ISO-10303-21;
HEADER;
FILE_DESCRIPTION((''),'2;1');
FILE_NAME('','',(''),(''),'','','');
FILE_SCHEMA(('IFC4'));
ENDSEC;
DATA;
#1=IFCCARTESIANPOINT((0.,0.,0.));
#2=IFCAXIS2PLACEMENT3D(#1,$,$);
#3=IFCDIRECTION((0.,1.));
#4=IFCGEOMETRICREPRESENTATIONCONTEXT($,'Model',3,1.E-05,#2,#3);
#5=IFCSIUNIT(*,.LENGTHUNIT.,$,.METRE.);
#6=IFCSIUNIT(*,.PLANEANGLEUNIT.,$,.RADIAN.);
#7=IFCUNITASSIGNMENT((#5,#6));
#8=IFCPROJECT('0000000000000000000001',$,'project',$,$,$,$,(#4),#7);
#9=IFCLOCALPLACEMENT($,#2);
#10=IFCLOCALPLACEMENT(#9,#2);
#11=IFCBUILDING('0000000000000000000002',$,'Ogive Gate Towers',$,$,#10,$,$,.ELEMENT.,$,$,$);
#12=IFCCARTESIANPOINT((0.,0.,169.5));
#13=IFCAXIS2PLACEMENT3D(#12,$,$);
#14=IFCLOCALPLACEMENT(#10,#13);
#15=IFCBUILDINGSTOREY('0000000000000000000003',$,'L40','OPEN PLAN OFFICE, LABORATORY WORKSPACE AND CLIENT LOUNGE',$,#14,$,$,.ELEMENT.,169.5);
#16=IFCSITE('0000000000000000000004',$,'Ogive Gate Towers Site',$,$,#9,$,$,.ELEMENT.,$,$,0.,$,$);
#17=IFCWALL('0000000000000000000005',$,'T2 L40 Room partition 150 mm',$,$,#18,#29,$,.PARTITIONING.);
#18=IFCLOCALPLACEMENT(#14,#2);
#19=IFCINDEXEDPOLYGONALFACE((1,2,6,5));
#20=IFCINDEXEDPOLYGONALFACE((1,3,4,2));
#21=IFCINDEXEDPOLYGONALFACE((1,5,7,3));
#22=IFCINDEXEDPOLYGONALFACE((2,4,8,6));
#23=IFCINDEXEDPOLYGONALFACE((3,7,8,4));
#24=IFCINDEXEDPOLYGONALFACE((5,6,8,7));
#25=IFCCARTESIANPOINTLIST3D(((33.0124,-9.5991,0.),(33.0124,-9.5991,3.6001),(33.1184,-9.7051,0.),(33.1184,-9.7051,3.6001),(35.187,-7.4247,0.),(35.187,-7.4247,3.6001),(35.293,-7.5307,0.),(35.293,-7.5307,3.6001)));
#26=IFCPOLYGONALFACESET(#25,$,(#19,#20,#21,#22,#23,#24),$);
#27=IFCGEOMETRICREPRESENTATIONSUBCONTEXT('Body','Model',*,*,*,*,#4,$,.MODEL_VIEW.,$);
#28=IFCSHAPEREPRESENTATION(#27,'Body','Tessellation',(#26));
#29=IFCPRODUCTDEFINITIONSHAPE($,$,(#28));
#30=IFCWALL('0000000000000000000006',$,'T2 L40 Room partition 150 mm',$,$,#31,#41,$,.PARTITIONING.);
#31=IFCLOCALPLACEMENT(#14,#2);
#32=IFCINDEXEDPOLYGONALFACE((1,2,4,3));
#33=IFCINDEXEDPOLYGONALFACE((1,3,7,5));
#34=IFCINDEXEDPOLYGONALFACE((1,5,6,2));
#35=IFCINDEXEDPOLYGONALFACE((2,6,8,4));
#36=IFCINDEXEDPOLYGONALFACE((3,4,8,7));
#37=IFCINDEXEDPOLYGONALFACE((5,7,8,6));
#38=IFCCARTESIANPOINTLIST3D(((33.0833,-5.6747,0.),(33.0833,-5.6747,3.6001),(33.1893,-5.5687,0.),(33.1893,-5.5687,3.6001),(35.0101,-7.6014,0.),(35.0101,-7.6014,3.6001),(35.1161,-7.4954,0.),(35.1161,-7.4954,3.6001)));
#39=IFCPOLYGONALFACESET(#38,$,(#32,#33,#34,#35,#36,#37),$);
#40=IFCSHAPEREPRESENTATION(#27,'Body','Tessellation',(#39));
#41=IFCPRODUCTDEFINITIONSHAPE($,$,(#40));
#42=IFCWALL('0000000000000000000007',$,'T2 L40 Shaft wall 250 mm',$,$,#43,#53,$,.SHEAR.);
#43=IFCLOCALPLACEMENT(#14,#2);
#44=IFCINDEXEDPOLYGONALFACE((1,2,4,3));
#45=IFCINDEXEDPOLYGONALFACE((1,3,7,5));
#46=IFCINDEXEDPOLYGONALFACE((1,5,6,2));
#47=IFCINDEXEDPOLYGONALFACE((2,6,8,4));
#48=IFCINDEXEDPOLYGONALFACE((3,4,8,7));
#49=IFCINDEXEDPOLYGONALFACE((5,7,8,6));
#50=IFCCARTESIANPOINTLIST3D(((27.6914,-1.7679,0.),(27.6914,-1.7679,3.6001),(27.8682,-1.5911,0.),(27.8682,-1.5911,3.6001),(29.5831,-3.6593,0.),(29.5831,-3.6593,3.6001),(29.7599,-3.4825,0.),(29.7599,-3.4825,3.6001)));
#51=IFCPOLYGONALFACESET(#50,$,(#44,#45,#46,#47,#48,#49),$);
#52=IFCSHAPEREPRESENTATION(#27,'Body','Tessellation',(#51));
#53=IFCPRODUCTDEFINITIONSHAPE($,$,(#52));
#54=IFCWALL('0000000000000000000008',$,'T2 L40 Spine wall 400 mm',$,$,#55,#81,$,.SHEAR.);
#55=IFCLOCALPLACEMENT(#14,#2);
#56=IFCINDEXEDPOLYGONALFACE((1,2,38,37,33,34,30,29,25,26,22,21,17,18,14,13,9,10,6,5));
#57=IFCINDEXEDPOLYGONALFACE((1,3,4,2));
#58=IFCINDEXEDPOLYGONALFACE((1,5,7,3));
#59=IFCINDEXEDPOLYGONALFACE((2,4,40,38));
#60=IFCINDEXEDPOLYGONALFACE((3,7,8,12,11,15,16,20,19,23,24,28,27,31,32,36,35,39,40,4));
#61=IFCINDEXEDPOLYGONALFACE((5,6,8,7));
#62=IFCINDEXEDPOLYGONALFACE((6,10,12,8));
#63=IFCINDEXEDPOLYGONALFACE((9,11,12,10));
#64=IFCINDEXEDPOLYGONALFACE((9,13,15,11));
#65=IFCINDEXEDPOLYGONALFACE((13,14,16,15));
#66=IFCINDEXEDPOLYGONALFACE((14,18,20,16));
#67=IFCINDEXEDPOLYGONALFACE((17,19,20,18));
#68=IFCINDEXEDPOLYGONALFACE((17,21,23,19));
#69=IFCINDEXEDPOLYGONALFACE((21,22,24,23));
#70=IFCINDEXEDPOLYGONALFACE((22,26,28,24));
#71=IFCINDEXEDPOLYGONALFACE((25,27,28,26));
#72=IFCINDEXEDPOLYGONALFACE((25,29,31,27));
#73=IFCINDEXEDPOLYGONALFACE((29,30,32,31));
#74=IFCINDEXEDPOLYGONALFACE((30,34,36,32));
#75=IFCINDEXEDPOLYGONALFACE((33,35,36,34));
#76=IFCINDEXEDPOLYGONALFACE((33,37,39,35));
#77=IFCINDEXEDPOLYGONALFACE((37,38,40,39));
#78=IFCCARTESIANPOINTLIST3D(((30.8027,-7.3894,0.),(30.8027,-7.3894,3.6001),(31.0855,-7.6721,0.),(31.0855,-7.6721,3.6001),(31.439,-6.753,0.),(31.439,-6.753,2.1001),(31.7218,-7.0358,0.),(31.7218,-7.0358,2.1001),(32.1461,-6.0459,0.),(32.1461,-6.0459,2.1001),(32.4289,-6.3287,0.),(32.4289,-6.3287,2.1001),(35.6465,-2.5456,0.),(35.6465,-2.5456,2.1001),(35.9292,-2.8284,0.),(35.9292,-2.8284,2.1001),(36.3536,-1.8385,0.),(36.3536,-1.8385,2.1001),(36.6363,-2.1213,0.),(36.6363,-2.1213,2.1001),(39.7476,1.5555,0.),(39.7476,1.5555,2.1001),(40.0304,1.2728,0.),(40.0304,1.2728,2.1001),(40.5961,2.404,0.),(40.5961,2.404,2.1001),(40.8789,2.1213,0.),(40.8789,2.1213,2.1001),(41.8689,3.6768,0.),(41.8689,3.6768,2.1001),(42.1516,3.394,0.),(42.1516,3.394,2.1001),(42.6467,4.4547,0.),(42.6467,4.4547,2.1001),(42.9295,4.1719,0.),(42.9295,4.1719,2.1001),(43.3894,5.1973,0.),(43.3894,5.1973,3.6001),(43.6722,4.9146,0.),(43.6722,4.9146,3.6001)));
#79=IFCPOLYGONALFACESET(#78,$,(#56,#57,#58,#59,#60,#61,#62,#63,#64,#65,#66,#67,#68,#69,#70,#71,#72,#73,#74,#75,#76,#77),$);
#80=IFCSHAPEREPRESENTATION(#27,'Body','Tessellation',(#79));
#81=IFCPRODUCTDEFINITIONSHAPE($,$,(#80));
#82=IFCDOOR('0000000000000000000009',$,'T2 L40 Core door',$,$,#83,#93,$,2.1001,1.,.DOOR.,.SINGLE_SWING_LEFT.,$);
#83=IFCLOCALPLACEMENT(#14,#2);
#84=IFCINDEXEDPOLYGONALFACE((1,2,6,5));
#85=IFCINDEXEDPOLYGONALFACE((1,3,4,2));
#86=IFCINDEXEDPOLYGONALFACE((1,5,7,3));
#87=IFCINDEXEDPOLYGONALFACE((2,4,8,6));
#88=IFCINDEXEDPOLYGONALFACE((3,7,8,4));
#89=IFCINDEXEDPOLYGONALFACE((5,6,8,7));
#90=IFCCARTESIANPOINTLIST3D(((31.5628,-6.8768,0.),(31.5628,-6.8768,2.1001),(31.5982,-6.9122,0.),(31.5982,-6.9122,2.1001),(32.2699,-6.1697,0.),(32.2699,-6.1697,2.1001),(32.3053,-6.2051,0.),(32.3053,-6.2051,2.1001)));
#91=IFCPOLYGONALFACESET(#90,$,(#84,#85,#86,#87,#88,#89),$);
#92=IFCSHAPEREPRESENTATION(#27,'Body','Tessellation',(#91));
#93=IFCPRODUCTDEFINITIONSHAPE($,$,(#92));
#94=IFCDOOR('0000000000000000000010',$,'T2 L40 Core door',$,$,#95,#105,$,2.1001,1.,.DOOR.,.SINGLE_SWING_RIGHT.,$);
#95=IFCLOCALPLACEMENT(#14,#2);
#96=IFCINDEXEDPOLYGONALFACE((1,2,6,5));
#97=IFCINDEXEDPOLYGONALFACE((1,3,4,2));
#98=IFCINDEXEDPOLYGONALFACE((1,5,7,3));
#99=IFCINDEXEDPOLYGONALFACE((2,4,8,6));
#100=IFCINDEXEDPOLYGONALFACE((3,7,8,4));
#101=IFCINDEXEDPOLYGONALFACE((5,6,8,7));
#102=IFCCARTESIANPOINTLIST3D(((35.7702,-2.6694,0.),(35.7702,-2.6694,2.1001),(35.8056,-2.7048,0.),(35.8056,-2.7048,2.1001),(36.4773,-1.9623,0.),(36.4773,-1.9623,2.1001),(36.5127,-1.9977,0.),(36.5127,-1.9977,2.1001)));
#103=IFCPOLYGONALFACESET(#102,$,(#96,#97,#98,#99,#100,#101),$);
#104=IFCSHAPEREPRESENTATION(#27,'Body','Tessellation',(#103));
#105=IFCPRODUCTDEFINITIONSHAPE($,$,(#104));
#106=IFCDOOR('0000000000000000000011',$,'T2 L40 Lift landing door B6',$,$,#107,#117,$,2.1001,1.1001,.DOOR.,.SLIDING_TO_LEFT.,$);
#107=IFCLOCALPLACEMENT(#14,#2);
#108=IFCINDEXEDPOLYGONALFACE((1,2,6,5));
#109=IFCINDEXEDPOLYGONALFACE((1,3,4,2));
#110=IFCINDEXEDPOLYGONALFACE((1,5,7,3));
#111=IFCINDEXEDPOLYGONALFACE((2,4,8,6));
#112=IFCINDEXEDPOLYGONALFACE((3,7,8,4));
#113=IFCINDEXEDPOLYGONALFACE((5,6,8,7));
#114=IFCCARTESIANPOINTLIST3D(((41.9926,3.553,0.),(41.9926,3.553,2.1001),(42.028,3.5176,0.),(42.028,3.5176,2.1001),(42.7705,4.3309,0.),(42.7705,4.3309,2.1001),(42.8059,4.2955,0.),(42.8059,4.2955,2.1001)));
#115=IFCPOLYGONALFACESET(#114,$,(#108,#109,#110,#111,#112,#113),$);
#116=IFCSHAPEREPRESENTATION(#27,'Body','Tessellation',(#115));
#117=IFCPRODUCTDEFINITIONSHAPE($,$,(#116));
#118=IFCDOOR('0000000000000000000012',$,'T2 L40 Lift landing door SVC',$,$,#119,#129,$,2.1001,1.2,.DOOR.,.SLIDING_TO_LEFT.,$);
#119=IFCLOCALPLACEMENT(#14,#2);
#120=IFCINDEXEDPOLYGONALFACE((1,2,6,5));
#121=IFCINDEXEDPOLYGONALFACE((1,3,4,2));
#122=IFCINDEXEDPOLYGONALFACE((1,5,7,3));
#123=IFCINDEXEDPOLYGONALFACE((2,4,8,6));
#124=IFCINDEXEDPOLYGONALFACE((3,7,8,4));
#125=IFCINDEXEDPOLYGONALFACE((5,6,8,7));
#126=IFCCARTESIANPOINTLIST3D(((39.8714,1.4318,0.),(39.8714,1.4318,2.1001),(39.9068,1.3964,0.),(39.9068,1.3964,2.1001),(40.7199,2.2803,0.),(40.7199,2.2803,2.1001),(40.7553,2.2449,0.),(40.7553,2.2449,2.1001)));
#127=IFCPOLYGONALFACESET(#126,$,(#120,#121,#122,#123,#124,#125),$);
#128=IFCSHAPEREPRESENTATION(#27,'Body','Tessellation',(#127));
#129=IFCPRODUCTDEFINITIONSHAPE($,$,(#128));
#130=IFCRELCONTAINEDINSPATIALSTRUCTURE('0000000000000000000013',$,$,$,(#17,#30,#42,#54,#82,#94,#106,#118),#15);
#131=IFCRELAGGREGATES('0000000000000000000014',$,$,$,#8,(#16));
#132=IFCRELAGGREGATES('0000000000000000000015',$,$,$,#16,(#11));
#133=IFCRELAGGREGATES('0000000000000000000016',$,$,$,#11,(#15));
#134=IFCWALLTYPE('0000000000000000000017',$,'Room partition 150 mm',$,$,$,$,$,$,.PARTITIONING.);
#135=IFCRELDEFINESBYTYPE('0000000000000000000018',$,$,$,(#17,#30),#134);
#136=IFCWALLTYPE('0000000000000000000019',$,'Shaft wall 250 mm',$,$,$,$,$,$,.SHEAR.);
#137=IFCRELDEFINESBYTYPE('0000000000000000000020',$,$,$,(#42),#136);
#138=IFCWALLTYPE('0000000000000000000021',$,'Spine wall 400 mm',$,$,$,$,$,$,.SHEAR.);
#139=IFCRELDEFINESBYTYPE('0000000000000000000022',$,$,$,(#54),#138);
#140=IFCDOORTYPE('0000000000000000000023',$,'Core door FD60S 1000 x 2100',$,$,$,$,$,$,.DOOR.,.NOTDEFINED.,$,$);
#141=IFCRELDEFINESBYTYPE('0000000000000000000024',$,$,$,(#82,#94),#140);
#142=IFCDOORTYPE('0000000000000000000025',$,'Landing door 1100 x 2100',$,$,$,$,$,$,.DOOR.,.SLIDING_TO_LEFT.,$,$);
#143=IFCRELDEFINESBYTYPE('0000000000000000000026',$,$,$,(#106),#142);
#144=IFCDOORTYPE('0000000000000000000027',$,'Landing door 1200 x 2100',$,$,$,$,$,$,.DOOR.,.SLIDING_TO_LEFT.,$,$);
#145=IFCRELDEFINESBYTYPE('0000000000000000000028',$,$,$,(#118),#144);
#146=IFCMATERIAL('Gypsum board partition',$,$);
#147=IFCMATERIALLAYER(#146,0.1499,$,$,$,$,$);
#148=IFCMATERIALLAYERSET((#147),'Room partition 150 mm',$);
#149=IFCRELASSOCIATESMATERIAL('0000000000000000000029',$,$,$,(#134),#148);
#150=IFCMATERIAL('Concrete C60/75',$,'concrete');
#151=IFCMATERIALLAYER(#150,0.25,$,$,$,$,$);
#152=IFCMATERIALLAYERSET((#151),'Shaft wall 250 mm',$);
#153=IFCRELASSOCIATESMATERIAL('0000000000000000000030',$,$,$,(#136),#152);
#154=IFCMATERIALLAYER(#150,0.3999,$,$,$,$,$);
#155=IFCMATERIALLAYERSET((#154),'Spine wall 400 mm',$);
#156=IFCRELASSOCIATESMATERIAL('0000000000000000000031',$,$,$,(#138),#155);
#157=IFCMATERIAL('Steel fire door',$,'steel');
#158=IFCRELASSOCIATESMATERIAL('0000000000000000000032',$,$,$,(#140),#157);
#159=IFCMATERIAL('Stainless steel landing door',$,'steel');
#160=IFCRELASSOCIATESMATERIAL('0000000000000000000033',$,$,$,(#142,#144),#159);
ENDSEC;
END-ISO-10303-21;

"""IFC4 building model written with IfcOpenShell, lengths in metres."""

from ifc_helpers import new_model, si_unit, direction, frame, frame_2d, origin, place, context, subcontext, project, spatial, rectangle, extrude, material, layer, layer_set, type_object, element, fill, save


model = new_model("IFC4")

# Units and contexts
model_context = context("Model", 3, precision=1e-05, world=origin(), true_north=direction((0.0, 1.0)))
body_context = subcontext(model_context, "Body", "Model", "MODEL_VIEW")
ifc_project = project(units=[si_unit("LENGTHUNIT", "METRE"), si_unit("PLANEANGLEUNIT", "RADIAN")], contexts=[model_context])

# Site, building, storey
site_placement = place(None, origin())
site = spatial("IfcSite", under=ifc_project, at=site_placement, Name="Ogive Gate Towers Site", CompositionType="ELEMENT", RefElevation=0.0)
building_placement = place(site_placement, origin())
building = spatial("IfcBuilding", under=site, at=building_placement, Name="Ogive Gate Towers", CompositionType="ELEMENT")
storey_placement = place(building_placement, frame((0.0, 0.0, 169.5)))
storey = spatial("IfcBuildingStorey", under=building, at=storey_placement, Name="L40", Description="OPEN PLAN OFFICE, LABORATORY WORKSPACE AND CLIENT LOUNGE", CompositionType="ELEMENT", Elevation=169.5)

# Shared definitions
ifc_material_1 = material(Name="Gypsum board partition")

# Walls
ifc_layer_1 = layer(ifc_material_1, 0.1499)
ifc_layer_set_1 = layer_set([ifc_layer_1], Name="Room partition 150 mm")
wall_type_1 = type_object("IfcWallType", Name="Room partition 150 mm", PredefinedType="PARTITIONING", material=ifc_layer_set_1)
wall_1_placement = place(storey_placement, frame((33.0654, -9.6521, 0.0), z_axis=(0.0, 0.0, 1.0), x_axis=(0.707146, 0.707067, 0.0)))
element("IfcWall", 1, at=wall_1_placement, inside=storey, type_object=wall_type_1, Name="T2 L40 Room partition 150 mm", PredefinedType="PARTITIONING", context=body_context, shape_type="SweptSolid", body=[
    extrude(rectangle(XDim=3.0752, YDim=0.1499, at=frame_2d((1.5376, 0.0))), origin(), (0.0, 0.0, 1.0), 3.6001),
])
wall_2_placement = place(storey_placement, frame((35.063, -7.5483, 0.0), z_axis=(0.0, 0.0, 1.0), x_axis=(-0.707107, 0.707107, 0.0)))
element("IfcWall", 2, at=wall_2_placement, inside=storey, type_object=wall_type_1, Name="T2 L40 Room partition 150 mm", PredefinedType="PARTITIONING", context=body_context, shape_type="SweptSolid", body=[
    extrude(rectangle(XDim=2.7249, YDim=0.1499, at=frame_2d((1.3623, 0.0))), origin(), (0.0, 0.0, 1.0), 3.6001),
])
ifc_material_2 = material(Name="Concrete C60/75", Category="concrete")
ifc_layer_2 = layer(ifc_material_2, 0.25)
ifc_layer_set_2 = layer_set([ifc_layer_2], Name="Shaft wall 250 mm")
wall_type_2 = type_object("IfcWallType", Name="Shaft wall 250 mm", PredefinedType="SHEAR", material=ifc_layer_set_2)
wall_3_placement = place(storey_placement, frame((29.6714, -3.5708, 0.0), z_axis=(0.0, 0.0, 1.0), x_axis=(-0.707152, 0.707061, 0.0)))
element("IfcWall", 3, at=wall_3_placement, inside=storey, type_object=wall_type_2, Name="T2 L40 Shaft wall 250 mm", PredefinedType="SHEAR", context=body_context, shape_type="SweptSolid", body=[
    extrude(rectangle(XDim=2.675, YDim=0.25, at=frame_2d((1.3374, 0.0))), origin(), (0.0, 0.0, 1.0), 3.6001),
])

# Wall, openings, doors
ifc_layer_3 = layer(ifc_material_2, 0.3999)
ifc_layer_set_3 = layer_set([ifc_layer_3], Name="Spine wall 400 mm")
wall_type_3 = type_object("IfcWallType", Name="Spine wall 400 mm", PredefinedType="SHEAR", material=ifc_layer_set_3)
wall_4_placement = place(storey_placement, frame((30.9441, -7.5308, 0.0), z_axis=(0.0, 0.0, 1.0), x_axis=(0.707107, 0.707107, 0.0)))
wall_4 = element("IfcWall", 4, at=wall_4_placement, inside=storey, type_object=wall_type_3, Name="T2 L40 Spine wall 400 mm", PredefinedType="SHEAR", context=body_context, shape_type="SweptSolid", body=[
    extrude(rectangle(XDim=17.8003, YDim=0.3999, at=frame_2d((8.9001, 0.0))), origin(), (0.0, 0.0, 1.0), 3.6001),
])
opening_1_placement = place(wall_4_placement, frame((12.6499, 0.0, 0.0)))
opening_1 = element("IfcOpeningElement", 5, at=opening_1_placement, cuts=wall_4, PredefinedType="OPENING", context=body_context, shape_type="SweptSolid", body=[
    extrude(rectangle(XDim=1.2, YDim=2.1001, at=frame_2d((0.6001, 1.05))), frame((0.0, 0.21, 0.0), z_axis=(0.0, -1.0, 0.0), x_axis=(1.0, 0.0, 0.0)), (0.0, 0.0, 1.0), 0.4199),
])
opening_2_placement = place(wall_4_placement, frame((15.6499, 0.0, 0.0)))
opening_2 = element("IfcOpeningElement", 6, at=opening_2_placement, cuts=wall_4, PredefinedType="OPENING", context=body_context, shape_type="SweptSolid", body=[
    extrude(rectangle(XDim=1.1001, YDim=2.1001, at=frame_2d((0.55, 1.05))), frame((0.0, 0.21, 0.0), z_axis=(0.0, -1.0, 0.0), x_axis=(1.0, 0.0, 0.0)), (0.0, 0.0, 1.0), 0.4199),
])
opening_3_placement = place(wall_4_placement, frame((0.8999, 0.0, 0.0)))
opening_3 = element("IfcOpeningElement", 7, at=opening_3_placement, cuts=wall_4, PredefinedType="OPENING", context=body_context, shape_type="SweptSolid", body=[
    extrude(rectangle(XDim=1.0, YDim=2.1001, at=frame_2d((0.5, 1.05))), frame((0.0, 0.21, 0.0), z_axis=(0.0, -1.0, 0.0), x_axis=(1.0, 0.0, 0.0)), (0.0, 0.0, 1.0), 0.4199),
])
opening_4_placement = place(wall_4_placement, frame((6.8501, 0.0, 0.0)))
opening_4 = element("IfcOpeningElement", 8, at=opening_4_placement, cuts=wall_4, PredefinedType="OPENING", context=body_context, shape_type="SweptSolid", body=[
    extrude(rectangle(XDim=1.0, YDim=2.1001, at=frame_2d((0.5, 1.05))), frame((0.0, 0.21, 0.0), z_axis=(0.0, -1.0, 0.0), x_axis=(1.0, 0.0, 0.0)), (0.0, 0.0, 1.0), 0.4199),
])
ifc_material_3 = material(Name="Steel fire door", Category="steel")
door_type_1 = type_object("IfcDoorType", Name="Core door FD60S 1000 x 2100", OperationType="NOTDEFINED", PredefinedType="DOOR", material=ifc_material_3)
door_1_placement = place(opening_3_placement, origin())
door_1 = element("IfcDoor", 9, at=door_1_placement, inside=storey, type_object=door_type_1, Name="T2 L40 Core door", OperationType="SINGLE_SWING_LEFT", OverallHeight=2.1001, OverallWidth=1.0, PredefinedType="DOOR", context=body_context, shape_type="SweptSolid", body=[
    extrude(rectangle(XDim=1.0, YDim=2.1001, at=frame_2d((0.5, 1.05))), frame((0.0, 0.0249, 0.0), z_axis=(0.0, -1.0, 0.0), x_axis=(1.0, 0.0, 0.0)), (0.0, 0.0, 1.0), 0.05),
])
fill(opening_3, door_1)
door_2_placement = place(opening_4_placement, origin())
door_2 = element("IfcDoor", 10, at=door_2_placement, inside=storey, type_object=door_type_1, Name="T2 L40 Core door", OperationType="SINGLE_SWING_RIGHT", OverallHeight=2.1001, OverallWidth=1.0, PredefinedType="DOOR", context=body_context, shape_type="SweptSolid", body=[
    extrude(rectangle(XDim=1.0, YDim=2.1001, at=frame_2d((0.5, 1.05))), frame((0.0, 0.0249, 0.0), z_axis=(0.0, -1.0, 0.0), x_axis=(1.0, 0.0, 0.0)), (0.0, 0.0, 1.0), 0.05),
])
fill(opening_4, door_2)
ifc_material_4 = material(Name="Stainless steel landing door", Category="steel")
door_type_2 = type_object("IfcDoorType", Name="Landing door 1100 x 2100", OperationType="SLIDING_TO_LEFT", PredefinedType="DOOR", material=ifc_material_4)
door_3_placement = place(opening_2_placement, origin())
door_3 = element("IfcDoor", 11, at=door_3_placement, inside=storey, type_object=door_type_2, Name="T2 L40 Lift landing door B6", OperationType="SLIDING_TO_LEFT", OverallHeight=2.1001, OverallWidth=1.1001, PredefinedType="DOOR", context=body_context, shape_type="SweptSolid", body=[
    extrude(rectangle(XDim=1.1001, YDim=2.1001, at=frame_2d((0.55, 1.05))), frame((0.0, 0.0249, 0.0), z_axis=(0.0, -1.0, 0.0), x_axis=(1.0, 0.0, 0.0)), (0.0, 0.0, 1.0), 0.05),
])
fill(opening_2, door_3)
door_type_3 = type_object("IfcDoorType", Name="Landing door 1200 x 2100", OperationType="SLIDING_TO_LEFT", PredefinedType="DOOR", material=ifc_material_4)
door_4_placement = place(opening_1_placement, origin())
door_4 = element("IfcDoor", 12, at=door_4_placement, inside=storey, type_object=door_type_3, Name="T2 L40 Lift landing door SVC", OperationType="SLIDING_TO_LEFT", OverallHeight=2.1001, OverallWidth=1.2, PredefinedType="DOOR", context=body_context, shape_type="SweptSolid", body=[
    extrude(rectangle(XDim=1.2, YDim=2.1001, at=frame_2d((0.6001, 1.05))), frame((0.0, 0.0249, 0.0), z_axis=(0.0, -1.0, 0.0), x_axis=(1.0, 0.0, 0.0)), (0.0, 0.0, 1.0), 0.05),
])
fill(opening_1, door_4)

save(model, "model.ifc")
